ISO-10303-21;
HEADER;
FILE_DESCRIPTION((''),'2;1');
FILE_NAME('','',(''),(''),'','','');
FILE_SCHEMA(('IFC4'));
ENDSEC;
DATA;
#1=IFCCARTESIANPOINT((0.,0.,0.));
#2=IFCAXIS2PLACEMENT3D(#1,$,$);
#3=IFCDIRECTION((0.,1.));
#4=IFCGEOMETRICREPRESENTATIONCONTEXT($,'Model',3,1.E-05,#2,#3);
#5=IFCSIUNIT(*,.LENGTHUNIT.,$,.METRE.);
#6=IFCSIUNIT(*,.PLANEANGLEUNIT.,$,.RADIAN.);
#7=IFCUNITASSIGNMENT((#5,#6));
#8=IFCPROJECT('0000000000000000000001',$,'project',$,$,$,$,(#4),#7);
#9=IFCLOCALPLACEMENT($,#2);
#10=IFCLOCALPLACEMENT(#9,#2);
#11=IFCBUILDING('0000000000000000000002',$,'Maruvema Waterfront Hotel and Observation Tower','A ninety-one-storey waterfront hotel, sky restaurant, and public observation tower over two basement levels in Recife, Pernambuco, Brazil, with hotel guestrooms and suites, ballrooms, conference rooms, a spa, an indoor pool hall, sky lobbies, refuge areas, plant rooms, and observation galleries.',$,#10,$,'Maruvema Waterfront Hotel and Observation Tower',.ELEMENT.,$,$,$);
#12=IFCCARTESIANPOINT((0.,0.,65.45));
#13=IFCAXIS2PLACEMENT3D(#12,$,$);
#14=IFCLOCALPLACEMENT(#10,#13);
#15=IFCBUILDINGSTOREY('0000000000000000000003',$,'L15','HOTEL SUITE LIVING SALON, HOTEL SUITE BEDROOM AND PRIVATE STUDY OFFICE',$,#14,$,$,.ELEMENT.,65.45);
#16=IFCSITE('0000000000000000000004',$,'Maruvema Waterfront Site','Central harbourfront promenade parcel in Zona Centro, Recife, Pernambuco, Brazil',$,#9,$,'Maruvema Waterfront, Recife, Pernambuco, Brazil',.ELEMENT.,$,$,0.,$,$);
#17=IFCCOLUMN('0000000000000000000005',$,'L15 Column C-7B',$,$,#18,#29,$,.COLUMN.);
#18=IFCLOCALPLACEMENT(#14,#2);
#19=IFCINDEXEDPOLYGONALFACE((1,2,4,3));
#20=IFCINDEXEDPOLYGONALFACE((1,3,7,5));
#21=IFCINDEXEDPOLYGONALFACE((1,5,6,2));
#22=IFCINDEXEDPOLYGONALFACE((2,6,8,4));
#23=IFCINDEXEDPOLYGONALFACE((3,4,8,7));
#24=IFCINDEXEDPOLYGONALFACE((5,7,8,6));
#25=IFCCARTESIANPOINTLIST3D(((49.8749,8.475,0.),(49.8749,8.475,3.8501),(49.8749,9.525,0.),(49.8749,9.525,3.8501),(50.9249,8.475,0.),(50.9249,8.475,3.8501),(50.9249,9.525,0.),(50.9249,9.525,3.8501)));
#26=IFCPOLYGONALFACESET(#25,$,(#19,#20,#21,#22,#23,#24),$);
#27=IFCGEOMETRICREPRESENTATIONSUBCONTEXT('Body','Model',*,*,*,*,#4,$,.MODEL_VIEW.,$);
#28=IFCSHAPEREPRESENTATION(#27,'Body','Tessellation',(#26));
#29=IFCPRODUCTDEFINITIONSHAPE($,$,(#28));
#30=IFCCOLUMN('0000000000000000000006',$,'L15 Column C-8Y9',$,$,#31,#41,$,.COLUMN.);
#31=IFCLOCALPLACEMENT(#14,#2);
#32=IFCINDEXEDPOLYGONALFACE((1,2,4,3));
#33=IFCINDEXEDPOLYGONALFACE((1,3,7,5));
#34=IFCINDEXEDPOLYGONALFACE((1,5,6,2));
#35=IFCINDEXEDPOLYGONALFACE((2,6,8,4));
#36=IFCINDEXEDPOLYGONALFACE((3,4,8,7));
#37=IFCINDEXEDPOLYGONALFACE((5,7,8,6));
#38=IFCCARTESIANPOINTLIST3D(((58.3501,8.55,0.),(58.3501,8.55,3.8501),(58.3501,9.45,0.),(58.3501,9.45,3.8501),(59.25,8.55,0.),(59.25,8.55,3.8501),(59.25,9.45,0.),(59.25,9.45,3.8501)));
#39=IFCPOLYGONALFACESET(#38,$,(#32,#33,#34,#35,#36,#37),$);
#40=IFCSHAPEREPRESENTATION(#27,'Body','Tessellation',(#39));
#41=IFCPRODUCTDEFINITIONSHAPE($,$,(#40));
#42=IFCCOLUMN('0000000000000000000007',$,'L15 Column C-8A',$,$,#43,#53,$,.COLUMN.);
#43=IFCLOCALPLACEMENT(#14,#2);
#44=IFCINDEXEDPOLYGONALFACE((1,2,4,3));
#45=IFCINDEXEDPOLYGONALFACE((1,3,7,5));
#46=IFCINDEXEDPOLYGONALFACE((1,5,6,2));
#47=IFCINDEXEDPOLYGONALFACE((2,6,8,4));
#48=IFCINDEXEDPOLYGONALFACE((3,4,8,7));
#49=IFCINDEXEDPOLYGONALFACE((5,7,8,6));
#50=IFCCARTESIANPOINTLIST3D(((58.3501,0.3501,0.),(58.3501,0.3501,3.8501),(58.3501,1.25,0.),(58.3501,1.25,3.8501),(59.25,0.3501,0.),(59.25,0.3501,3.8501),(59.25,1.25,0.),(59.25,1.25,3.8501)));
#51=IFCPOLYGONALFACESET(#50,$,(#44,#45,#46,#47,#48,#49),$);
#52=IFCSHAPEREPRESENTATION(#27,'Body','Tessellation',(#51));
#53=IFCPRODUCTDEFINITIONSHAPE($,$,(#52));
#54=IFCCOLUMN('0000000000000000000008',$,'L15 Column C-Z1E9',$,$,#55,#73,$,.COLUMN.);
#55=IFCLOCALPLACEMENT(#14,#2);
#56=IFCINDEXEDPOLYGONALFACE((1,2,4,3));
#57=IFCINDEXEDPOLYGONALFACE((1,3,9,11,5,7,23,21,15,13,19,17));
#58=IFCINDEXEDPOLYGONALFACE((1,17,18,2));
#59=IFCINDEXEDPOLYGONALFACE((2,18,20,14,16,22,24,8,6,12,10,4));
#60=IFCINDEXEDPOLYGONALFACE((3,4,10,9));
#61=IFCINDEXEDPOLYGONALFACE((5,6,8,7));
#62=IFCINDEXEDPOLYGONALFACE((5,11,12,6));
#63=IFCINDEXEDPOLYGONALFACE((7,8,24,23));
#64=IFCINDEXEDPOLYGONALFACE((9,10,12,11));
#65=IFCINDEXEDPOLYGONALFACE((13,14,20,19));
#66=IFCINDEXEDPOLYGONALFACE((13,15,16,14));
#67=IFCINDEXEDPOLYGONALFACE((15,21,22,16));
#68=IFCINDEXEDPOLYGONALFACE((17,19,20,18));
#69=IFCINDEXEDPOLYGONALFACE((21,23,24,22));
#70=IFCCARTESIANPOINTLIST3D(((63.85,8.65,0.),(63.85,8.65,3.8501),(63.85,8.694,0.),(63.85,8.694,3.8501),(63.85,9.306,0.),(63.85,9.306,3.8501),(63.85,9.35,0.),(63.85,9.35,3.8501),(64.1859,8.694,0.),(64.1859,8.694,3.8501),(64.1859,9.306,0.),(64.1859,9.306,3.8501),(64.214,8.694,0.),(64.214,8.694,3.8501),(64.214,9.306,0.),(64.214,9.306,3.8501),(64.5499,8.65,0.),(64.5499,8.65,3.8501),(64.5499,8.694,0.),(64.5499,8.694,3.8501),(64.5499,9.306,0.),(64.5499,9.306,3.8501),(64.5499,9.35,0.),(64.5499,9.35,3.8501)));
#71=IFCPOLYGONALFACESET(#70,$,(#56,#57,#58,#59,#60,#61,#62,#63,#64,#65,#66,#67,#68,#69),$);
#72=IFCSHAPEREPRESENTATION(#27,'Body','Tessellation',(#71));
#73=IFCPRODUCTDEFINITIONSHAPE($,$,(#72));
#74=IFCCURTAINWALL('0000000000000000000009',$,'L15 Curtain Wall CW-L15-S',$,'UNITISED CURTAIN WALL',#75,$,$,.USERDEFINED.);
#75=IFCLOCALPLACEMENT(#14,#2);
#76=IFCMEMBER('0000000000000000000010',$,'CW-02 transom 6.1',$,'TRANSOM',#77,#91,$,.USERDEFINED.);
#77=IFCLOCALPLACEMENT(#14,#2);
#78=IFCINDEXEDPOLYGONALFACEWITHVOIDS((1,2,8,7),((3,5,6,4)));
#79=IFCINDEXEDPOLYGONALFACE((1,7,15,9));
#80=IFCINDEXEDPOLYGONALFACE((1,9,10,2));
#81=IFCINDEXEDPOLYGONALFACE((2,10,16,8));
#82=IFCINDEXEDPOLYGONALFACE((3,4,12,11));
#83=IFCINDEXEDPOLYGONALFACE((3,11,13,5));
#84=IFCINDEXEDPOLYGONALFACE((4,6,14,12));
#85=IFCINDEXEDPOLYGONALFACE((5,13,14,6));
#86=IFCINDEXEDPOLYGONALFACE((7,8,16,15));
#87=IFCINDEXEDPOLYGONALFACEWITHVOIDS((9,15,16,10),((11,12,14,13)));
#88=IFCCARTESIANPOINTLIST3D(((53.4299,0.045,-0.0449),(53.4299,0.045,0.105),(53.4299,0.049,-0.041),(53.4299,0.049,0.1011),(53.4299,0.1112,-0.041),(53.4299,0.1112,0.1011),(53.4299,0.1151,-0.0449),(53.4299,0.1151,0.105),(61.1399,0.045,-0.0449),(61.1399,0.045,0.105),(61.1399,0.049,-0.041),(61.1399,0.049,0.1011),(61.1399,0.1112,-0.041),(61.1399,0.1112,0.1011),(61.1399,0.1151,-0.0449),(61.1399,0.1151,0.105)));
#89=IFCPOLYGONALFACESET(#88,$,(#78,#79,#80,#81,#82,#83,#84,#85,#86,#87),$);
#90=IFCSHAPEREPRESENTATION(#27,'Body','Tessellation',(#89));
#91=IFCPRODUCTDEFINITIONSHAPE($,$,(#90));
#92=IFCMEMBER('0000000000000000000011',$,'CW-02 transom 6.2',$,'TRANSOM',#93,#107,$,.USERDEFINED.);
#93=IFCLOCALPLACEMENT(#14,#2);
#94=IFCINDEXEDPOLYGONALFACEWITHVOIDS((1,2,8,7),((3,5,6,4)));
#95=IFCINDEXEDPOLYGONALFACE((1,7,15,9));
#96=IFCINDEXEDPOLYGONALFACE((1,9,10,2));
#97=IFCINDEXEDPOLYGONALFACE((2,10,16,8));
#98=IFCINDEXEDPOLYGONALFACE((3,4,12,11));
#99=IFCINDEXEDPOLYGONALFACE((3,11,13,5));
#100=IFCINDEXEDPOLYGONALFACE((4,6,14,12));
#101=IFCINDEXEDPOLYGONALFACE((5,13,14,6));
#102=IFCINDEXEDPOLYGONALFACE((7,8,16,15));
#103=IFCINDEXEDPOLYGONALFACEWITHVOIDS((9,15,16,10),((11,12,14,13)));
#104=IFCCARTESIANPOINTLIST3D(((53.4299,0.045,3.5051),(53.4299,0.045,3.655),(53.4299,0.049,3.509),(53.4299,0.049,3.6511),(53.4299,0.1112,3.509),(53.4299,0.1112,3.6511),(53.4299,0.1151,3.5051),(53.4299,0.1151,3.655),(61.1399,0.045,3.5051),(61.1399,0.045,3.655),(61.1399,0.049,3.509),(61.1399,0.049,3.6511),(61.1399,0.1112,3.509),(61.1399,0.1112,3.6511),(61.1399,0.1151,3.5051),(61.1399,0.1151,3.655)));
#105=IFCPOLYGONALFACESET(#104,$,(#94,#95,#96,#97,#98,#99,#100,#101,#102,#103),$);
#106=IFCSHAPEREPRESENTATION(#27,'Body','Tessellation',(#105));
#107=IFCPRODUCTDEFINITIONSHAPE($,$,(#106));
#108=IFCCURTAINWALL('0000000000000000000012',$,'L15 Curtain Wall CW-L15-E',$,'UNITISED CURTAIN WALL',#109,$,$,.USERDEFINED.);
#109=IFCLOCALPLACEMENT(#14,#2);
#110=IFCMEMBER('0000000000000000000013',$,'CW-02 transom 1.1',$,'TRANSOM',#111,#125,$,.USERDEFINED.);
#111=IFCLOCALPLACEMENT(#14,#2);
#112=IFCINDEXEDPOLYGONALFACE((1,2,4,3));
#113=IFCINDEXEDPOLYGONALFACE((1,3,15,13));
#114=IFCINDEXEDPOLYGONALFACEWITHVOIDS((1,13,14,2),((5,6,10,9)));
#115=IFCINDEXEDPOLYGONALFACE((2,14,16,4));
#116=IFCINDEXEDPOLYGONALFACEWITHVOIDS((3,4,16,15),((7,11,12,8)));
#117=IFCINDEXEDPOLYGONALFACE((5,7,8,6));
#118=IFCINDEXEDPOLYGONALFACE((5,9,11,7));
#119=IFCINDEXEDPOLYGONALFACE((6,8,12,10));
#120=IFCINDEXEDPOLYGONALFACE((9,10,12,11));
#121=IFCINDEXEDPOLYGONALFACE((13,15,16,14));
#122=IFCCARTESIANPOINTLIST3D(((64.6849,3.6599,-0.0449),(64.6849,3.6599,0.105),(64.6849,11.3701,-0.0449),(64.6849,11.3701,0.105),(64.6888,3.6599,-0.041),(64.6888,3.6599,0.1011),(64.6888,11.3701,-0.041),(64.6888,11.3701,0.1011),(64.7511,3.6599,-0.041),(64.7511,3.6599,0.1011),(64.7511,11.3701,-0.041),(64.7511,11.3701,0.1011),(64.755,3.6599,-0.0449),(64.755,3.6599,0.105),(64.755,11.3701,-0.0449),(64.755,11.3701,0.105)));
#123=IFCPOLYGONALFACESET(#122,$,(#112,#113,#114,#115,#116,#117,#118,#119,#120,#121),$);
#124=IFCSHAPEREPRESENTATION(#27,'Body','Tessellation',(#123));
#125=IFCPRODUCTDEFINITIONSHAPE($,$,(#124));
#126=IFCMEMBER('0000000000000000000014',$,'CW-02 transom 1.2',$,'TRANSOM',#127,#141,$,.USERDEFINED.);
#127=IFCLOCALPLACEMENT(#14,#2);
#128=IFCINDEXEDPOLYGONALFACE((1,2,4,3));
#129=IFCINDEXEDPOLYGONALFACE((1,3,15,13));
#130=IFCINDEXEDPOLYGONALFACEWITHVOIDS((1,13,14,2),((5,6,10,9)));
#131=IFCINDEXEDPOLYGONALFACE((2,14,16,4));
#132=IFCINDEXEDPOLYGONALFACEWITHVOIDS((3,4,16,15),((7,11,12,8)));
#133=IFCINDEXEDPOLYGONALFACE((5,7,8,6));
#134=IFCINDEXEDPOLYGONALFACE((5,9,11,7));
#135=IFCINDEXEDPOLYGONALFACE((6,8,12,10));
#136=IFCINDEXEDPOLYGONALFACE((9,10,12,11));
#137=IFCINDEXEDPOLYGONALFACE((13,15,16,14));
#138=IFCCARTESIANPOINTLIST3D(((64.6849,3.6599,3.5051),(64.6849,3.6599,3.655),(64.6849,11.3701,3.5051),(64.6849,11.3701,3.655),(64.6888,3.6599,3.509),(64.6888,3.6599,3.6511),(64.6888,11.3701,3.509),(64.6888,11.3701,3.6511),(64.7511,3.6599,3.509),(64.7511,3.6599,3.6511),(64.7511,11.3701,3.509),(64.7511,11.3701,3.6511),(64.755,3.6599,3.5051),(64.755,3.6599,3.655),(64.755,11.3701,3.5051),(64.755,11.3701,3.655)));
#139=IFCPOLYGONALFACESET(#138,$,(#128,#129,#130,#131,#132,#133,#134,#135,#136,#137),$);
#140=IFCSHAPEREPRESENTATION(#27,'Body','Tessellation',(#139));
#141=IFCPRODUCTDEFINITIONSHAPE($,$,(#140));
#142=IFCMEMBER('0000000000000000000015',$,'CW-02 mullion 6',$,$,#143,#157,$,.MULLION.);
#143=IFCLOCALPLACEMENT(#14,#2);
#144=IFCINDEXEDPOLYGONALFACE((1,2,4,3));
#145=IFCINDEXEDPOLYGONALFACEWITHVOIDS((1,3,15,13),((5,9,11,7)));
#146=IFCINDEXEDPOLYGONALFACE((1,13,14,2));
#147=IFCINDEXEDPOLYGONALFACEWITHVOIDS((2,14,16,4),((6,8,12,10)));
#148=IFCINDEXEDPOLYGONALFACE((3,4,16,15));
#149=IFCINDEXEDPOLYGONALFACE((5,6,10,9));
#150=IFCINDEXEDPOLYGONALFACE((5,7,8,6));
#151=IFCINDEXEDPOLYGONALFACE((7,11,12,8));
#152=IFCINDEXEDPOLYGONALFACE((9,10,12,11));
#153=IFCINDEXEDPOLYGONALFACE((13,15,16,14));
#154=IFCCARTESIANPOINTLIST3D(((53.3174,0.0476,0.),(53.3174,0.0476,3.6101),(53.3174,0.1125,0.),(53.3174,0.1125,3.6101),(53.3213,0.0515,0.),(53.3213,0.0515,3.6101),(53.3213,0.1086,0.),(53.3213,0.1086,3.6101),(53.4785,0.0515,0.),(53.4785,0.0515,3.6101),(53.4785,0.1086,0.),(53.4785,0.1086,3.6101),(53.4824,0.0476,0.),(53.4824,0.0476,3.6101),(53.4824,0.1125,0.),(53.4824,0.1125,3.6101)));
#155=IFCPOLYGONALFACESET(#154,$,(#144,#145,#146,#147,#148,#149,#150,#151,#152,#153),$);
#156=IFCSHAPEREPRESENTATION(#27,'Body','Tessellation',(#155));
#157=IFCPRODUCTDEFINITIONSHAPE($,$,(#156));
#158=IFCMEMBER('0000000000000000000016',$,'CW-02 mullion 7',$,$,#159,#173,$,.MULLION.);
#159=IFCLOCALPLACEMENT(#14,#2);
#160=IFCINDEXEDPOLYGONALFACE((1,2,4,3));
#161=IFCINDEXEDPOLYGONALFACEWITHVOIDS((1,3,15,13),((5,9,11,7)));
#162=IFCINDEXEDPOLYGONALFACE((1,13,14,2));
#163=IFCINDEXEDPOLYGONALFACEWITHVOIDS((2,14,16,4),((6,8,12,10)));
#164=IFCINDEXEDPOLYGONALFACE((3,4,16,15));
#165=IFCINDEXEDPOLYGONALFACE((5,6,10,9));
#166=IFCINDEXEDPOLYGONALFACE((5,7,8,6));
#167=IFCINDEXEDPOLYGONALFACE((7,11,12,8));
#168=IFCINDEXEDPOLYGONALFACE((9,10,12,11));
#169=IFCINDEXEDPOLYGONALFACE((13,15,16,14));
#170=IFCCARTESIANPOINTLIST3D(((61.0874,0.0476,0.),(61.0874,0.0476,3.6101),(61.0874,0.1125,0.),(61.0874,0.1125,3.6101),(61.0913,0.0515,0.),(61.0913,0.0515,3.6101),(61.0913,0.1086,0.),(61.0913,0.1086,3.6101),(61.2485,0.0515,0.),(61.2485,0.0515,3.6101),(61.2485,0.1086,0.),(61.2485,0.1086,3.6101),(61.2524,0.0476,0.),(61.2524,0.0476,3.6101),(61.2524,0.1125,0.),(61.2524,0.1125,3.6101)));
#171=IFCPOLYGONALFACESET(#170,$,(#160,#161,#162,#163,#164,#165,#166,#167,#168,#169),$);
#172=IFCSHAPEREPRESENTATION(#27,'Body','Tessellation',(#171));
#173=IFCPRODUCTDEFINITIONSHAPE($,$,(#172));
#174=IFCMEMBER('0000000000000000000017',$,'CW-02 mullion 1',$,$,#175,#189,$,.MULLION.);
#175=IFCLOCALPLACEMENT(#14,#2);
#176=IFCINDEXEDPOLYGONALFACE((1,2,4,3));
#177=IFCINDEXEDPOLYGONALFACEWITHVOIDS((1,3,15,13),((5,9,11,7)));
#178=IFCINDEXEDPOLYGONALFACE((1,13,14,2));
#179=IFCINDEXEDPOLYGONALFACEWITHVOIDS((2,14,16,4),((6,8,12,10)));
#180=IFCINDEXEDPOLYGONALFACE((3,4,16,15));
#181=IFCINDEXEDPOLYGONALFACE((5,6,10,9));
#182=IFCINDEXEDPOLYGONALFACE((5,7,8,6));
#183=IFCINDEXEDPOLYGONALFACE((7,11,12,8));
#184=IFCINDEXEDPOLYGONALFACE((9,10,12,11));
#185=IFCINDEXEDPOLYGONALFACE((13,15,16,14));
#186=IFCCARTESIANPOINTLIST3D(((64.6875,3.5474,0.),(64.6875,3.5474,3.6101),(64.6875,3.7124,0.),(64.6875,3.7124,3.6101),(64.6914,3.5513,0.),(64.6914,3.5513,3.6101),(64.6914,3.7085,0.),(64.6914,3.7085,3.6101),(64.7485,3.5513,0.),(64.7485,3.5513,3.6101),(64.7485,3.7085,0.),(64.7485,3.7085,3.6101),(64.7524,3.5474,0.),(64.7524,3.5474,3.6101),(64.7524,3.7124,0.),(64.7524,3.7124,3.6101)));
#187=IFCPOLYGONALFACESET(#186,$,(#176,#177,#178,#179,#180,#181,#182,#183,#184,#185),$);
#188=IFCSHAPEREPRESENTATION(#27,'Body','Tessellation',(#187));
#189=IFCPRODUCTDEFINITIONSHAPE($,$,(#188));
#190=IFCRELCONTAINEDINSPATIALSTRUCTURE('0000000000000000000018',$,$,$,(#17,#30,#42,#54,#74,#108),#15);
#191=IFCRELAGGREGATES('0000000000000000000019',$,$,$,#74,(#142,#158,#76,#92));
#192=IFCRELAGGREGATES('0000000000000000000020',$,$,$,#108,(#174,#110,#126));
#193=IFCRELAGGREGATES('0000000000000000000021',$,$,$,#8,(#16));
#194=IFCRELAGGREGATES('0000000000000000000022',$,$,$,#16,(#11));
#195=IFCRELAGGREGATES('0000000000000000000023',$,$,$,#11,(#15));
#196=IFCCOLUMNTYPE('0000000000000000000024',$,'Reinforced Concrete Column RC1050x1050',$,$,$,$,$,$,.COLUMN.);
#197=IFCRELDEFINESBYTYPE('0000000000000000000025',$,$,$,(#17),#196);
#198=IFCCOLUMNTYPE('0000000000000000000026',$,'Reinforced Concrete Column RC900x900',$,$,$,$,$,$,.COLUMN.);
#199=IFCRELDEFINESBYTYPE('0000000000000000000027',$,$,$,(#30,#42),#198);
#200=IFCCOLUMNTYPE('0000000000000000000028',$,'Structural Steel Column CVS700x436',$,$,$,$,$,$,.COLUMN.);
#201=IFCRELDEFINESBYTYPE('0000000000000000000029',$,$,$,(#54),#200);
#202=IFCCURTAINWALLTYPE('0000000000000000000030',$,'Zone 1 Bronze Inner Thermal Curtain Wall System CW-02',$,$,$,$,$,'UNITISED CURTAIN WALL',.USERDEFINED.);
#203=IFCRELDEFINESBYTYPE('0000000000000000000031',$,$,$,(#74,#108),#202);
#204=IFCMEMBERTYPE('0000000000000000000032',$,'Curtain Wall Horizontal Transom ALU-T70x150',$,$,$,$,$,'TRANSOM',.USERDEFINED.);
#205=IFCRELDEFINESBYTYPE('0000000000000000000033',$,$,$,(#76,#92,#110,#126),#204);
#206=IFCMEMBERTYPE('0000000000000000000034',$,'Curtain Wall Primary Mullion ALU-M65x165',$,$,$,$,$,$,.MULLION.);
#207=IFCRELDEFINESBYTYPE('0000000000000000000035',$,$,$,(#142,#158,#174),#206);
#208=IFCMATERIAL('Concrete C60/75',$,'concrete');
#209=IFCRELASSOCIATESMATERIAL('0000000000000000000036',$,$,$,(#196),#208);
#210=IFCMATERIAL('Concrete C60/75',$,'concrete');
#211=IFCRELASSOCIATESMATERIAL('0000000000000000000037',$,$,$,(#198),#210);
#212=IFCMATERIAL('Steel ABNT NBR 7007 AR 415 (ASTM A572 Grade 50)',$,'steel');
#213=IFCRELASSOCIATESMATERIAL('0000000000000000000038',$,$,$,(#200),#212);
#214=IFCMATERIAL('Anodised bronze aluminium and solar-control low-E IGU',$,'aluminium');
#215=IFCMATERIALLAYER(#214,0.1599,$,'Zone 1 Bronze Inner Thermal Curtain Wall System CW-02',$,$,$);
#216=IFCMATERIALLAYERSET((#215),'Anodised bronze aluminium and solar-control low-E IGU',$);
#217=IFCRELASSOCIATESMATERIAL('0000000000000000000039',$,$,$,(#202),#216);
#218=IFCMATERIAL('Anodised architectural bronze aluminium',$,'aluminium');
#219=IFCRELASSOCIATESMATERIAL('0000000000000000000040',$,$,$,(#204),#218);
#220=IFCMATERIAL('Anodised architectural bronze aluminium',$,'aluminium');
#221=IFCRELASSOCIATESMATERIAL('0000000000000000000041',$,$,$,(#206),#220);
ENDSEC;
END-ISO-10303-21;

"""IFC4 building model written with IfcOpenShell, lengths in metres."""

from ifc_helpers import new_model, si_unit, direction, frame, origin, origin_2d, place, context, subcontext, project, spatial, rectangle, hollow_rectangle, i_section, extrude, material, layer, layer_set, material_profile, profile_set, type_object, element, aggregate, save


model = new_model("IFC4")

# Units and contexts
model_context = context("Model", 3, precision=1e-05, world=origin(), true_north=direction((0.0, 1.0)))
body_context = subcontext(model_context, "Body", "Model", "MODEL_VIEW")
ifc_project = project(units=[si_unit("LENGTHUNIT", "METRE"), si_unit("PLANEANGLEUNIT", "RADIAN")], contexts=[model_context])

# Site, building, storey
site_placement = place(None, origin())
site = spatial("IfcSite", under=ifc_project, at=site_placement, Name="Maruvema Waterfront Site", Description="Central harbourfront promenade parcel in Zona Centro, Recife, Pernambuco, Brazil", LongName="Maruvema Waterfront, Recife, Pernambuco, Brazil", CompositionType="ELEMENT", RefElevation=0.0)
building_placement = place(site_placement, origin())
building = spatial("IfcBuilding", under=site, at=building_placement, Name="Maruvema Waterfront Hotel and Observation Tower", Description="A ninety-one-storey waterfront hotel, sky restaurant, and public observation tower over two basement levels in Recife, Pernambuco, Brazil, with hotel guestrooms and suites, ballrooms, conference rooms, a spa, an indoor pool hall, sky lobbies, refuge areas, plant rooms, and observation galleries.", LongName="Maruvema Waterfront Hotel and Observation Tower", CompositionType="ELEMENT")
storey_placement = place(building_placement, frame((0.0, 0.0, 65.45)))
storey = spatial("IfcBuildingStorey", under=building, at=storey_placement, Name="L15", Description="HOTEL SUITE LIVING SALON, HOTEL SUITE BEDROOM AND PRIVATE STUDY OFFICE", CompositionType="ELEMENT", Elevation=65.45)

# Columns
ifc_material_1 = material(Name="Concrete C60/75", Category="concrete")
ifc_material_profile_1 = material_profile(ifc_material_1, rectangle(XDim=1.05, YDim=1.05, at=origin_2d()), Name="RC1050x1050")
ifc_profile_set_1 = profile_set([ifc_material_profile_1], Name="Concrete C60/75")
column_type_1 = type_object("IfcColumnType", Name="Reinforced Concrete Column RC1050x1050", PredefinedType="COLUMN", material=ifc_profile_set_1)
column_1_placement = place(storey_placement, frame((50.3999, 9.0, 0.0), z_axis=(0.0, 0.0, 1.0), x_axis=(1.0, 0.0, 0.0)))
element("IfcColumn", 1, at=column_1_placement, inside=storey, type_object=column_type_1, Name="L15 Column C-7B", PredefinedType="COLUMN", context=body_context, shape_type="SweptSolid", body=[
    extrude(rectangle(XDim=1.05, YDim=1.05, at=origin_2d()), origin(), (0.0, 0.0, 1.0), 3.8501),
])
ifc_material_2 = material(Name="Concrete C60/75", Category="concrete")
ifc_material_profile_2 = material_profile(ifc_material_2, rectangle(XDim=0.8999, YDim=0.8999, at=origin_2d()), Name="RC900x900")
ifc_profile_set_2 = profile_set([ifc_material_profile_2], Name="Concrete C60/75")
column_type_2 = type_object("IfcColumnType", Name="Reinforced Concrete Column RC900x900", PredefinedType="COLUMN", material=ifc_profile_set_2)
for number, where, z_axis, x_axis, name in (
    (2, (58.8, 9.0, 0.0), (0.0, 0.0, 1.0), (1.0, 0.0, 0.0), "L15 Column C-8Y9"),
    (3, (58.8, 0.8, 0.0), (0.0, 0.0, 1.0), (1.0, 0.0, 0.0), "L15 Column C-8A"),
):
    element("IfcColumn", number, at=place(storey_placement, frame(where, z_axis=z_axis, x_axis=x_axis)), inside=storey, type_object=column_type_2, Name=name, PredefinedType="COLUMN", context=body_context, shape_type="SweptSolid", body=[
        extrude(rectangle(XDim=0.8999, YDim=0.8999, at=origin_2d()), origin(), (0.0, 0.0, 1.0), 3.8501),
    ])
ifc_material_3 = material(Name="Steel ABNT NBR 7007 AR 415 (ASTM A572 Grade 50)", Category="steel")
ifc_material_profile_3 = material_profile(ifc_material_3, i_section(OverallWidth=0.7, OverallDepth=0.7, WebThickness=0.0281, FlangeThickness=0.0439, at=origin_2d()), Name="CVS700x436")
ifc_profile_set_3 = profile_set([ifc_material_profile_3], Name="Steel ABNT NBR 7007 AR 415 (ASTM A572 Grade 50)")
column_type_3 = type_object("IfcColumnType", Name="Structural Steel Column CVS700x436", PredefinedType="COLUMN", material=ifc_profile_set_3)
column_2_placement = place(storey_placement, frame((64.2, 9.0, 0.0), z_axis=(0.0, 0.0, 1.0), x_axis=(1.0, 0.0, 0.0)))
element("IfcColumn", 4, at=column_2_placement, inside=storey, type_object=column_type_3, Name="L15 Column C-Z1E9", PredefinedType="COLUMN", context=body_context, shape_type="SweptSolid", body=[
    extrude(i_section(OverallWidth=0.7, OverallDepth=0.7, WebThickness=0.0281, FlangeThickness=0.0439, at=origin_2d()), origin(), (0.0, 0.0, 1.0), 3.8501),
])

# Curtain walls, members
ifc_material_4 = material(Name="Anodised bronze aluminium and solar-control low-E IGU", Category="aluminium")
ifc_layer_1 = layer(ifc_material_4, 0.1599, Name="Zone 1 Bronze Inner Thermal Curtain Wall System CW-02")
ifc_layer_set_1 = layer_set([ifc_layer_1], Name="Anodised bronze aluminium and solar-control low-E IGU")
curtain_wall_type = type_object("IfcCurtainWallType", Name="Zone 1 Bronze Inner Thermal Curtain Wall System CW-02", ElementType="UNITISED CURTAIN WALL", PredefinedType="USERDEFINED", material=ifc_layer_set_1)
curtain_wall_1_placement = place(storey_placement, origin())
curtain_wall_1 = element("IfcCurtainWall", 5, at=curtain_wall_1_placement, inside=storey, type_object=curtain_wall_type, Name="L15 Curtain Wall CW-L15-S", ObjectType="UNITISED CURTAIN WALL", PredefinedType="USERDEFINED")
ifc_material_5 = material(Name="Anodised architectural bronze aluminium", Category="aluminium")
ifc_material_profile_4 = material_profile(ifc_material_5, hollow_rectangle(XDim=0.0701, YDim=0.1499, WallThickness=0.0039, at=origin_2d()), Name="ALU-T70x150")
ifc_profile_set_4 = profile_set([ifc_material_profile_4], Name="Anodised architectural bronze aluminium")
member_type_1 = type_object("IfcMemberType", Name="Curtain Wall Horizontal Transom ALU-T70x150", ElementType="TRANSOM", PredefinedType="USERDEFINED", material=ifc_profile_set_4)
member_1_placement = place(storey_placement, frame((53.4299, 0.0801, 0.03), z_axis=(1.0, 0.0, 0.0), x_axis=(0.0, 1.0, 0.0)))
member_1 = element("IfcMember", 6, at=member_1_placement, type_object=member_type_1, Name="CW-02 transom 6.1", ObjectType="TRANSOM", PredefinedType="USERDEFINED", context=body_context, shape_type="SweptSolid", body=[
    extrude(hollow_rectangle(XDim=0.0701, YDim=0.1499, WallThickness=0.0039, at=origin_2d()), origin(), (0.0, 0.0, 1.0), 7.71),
])
member_2_placement = place(storey_placement, frame((53.4299, 0.0801, 3.5801), z_axis=(1.0, 0.0, 0.0), x_axis=(0.0, 1.0, 0.0)))
member_2 = element("IfcMember", 7, at=member_2_placement, type_object=member_type_1, Name="CW-02 transom 6.2", ObjectType="TRANSOM", PredefinedType="USERDEFINED", context=body_context, shape_type="SweptSolid", body=[
    extrude(hollow_rectangle(XDim=0.0701, YDim=0.1499, WallThickness=0.0039, at=origin_2d()), origin(), (0.0, 0.0, 1.0), 7.71),
])
curtain_wall_2_placement = place(storey_placement, origin())
curtain_wall_2 = element("IfcCurtainWall", 8, at=curtain_wall_2_placement, inside=storey, type_object=curtain_wall_type, Name="L15 Curtain Wall CW-L15-E", ObjectType="UNITISED CURTAIN WALL", PredefinedType="USERDEFINED")
member_3_placement = place(storey_placement, frame((64.72, 3.6599, 0.03), z_axis=(0.0, 1.0, 0.0), x_axis=(-1.0, 0.0, 0.0)))
member_3 = element("IfcMember", 9, at=member_3_placement, type_object=member_type_1, Name="CW-02 transom 1.1", ObjectType="TRANSOM", PredefinedType="USERDEFINED", context=body_context, shape_type="SweptSolid", body=[
    extrude(hollow_rectangle(XDim=0.0701, YDim=0.1499, WallThickness=0.0039, at=origin_2d()), origin(), (0.0, 0.0, 1.0), 7.7102),
])
member_4_placement = place(storey_placement, frame((64.72, 3.6599, 3.5801), z_axis=(0.0, 1.0, 0.0), x_axis=(-1.0, 0.0, 0.0)))
member_4 = element("IfcMember", 10, at=member_4_placement, type_object=member_type_1, Name="CW-02 transom 1.2", ObjectType="TRANSOM", PredefinedType="USERDEFINED", context=body_context, shape_type="SweptSolid", body=[
    extrude(hollow_rectangle(XDim=0.0701, YDim=0.1499, WallThickness=0.0039, at=origin_2d()), origin(), (0.0, 0.0, 1.0), 7.7102),
])

# Members
ifc_material_6 = material(Name="Anodised architectural bronze aluminium", Category="aluminium")
ifc_material_profile_5 = material_profile(ifc_material_6, hollow_rectangle(XDim=0.0649, YDim=0.165, WallThickness=0.0039, at=origin_2d()), Name="ALU-M65x165")
ifc_profile_set_5 = profile_set([ifc_material_profile_5], Name="Anodised architectural bronze aluminium")
member_type_2 = type_object("IfcMemberType", Name="Curtain Wall Primary Mullion ALU-M65x165", PredefinedType="MULLION", material=ifc_profile_set_5)
member_5_placement = place(storey_placement, frame((53.3999, 0.0801, 0.0), z_axis=(0.0, 0.0, 1.0), x_axis=(0.0, 1.0, 0.0)))
member_5 = element("IfcMember", 11, at=member_5_placement, type_object=member_type_2, Name="CW-02 mullion 6", PredefinedType="MULLION", context=body_context, shape_type="SweptSolid", body=[
    extrude(hollow_rectangle(XDim=0.0649, YDim=0.165, WallThickness=0.0039, at=origin_2d()), origin(), (0.0, 0.0, 1.0), 3.6101),
])
member_6_placement = place(storey_placement, frame((61.1699, 0.0801, 0.0), z_axis=(0.0, 0.0, 1.0), x_axis=(0.0, 1.0, 0.0)))
member_6 = element("IfcMember", 12, at=member_6_placement, type_object=member_type_2, Name="CW-02 mullion 7", PredefinedType="MULLION", context=body_context, shape_type="SweptSolid", body=[
    extrude(hollow_rectangle(XDim=0.0649, YDim=0.165, WallThickness=0.0039, at=origin_2d()), origin(), (0.0, 0.0, 1.0), 3.6101),
])
member_7_placement = place(storey_placement, frame((64.72, 3.6299, 0.0), z_axis=(0.0, 0.0, 1.0), x_axis=(-1.0, 0.0, 0.0)))
member_7 = element("IfcMember", 13, at=member_7_placement, type_object=member_type_2, Name="CW-02 mullion 1", PredefinedType="MULLION", context=body_context, shape_type="SweptSolid", body=[
    extrude(hollow_rectangle(XDim=0.0649, YDim=0.165, WallThickness=0.0039, at=origin_2d()), origin(), (0.0, 0.0, 1.0), 3.6101),
])

aggregate(curtain_wall_1, [member_5, member_6, member_1, member_2])
aggregate(curtain_wall_2, [member_7, member_3, member_4])

save(model, "model.ifc")
